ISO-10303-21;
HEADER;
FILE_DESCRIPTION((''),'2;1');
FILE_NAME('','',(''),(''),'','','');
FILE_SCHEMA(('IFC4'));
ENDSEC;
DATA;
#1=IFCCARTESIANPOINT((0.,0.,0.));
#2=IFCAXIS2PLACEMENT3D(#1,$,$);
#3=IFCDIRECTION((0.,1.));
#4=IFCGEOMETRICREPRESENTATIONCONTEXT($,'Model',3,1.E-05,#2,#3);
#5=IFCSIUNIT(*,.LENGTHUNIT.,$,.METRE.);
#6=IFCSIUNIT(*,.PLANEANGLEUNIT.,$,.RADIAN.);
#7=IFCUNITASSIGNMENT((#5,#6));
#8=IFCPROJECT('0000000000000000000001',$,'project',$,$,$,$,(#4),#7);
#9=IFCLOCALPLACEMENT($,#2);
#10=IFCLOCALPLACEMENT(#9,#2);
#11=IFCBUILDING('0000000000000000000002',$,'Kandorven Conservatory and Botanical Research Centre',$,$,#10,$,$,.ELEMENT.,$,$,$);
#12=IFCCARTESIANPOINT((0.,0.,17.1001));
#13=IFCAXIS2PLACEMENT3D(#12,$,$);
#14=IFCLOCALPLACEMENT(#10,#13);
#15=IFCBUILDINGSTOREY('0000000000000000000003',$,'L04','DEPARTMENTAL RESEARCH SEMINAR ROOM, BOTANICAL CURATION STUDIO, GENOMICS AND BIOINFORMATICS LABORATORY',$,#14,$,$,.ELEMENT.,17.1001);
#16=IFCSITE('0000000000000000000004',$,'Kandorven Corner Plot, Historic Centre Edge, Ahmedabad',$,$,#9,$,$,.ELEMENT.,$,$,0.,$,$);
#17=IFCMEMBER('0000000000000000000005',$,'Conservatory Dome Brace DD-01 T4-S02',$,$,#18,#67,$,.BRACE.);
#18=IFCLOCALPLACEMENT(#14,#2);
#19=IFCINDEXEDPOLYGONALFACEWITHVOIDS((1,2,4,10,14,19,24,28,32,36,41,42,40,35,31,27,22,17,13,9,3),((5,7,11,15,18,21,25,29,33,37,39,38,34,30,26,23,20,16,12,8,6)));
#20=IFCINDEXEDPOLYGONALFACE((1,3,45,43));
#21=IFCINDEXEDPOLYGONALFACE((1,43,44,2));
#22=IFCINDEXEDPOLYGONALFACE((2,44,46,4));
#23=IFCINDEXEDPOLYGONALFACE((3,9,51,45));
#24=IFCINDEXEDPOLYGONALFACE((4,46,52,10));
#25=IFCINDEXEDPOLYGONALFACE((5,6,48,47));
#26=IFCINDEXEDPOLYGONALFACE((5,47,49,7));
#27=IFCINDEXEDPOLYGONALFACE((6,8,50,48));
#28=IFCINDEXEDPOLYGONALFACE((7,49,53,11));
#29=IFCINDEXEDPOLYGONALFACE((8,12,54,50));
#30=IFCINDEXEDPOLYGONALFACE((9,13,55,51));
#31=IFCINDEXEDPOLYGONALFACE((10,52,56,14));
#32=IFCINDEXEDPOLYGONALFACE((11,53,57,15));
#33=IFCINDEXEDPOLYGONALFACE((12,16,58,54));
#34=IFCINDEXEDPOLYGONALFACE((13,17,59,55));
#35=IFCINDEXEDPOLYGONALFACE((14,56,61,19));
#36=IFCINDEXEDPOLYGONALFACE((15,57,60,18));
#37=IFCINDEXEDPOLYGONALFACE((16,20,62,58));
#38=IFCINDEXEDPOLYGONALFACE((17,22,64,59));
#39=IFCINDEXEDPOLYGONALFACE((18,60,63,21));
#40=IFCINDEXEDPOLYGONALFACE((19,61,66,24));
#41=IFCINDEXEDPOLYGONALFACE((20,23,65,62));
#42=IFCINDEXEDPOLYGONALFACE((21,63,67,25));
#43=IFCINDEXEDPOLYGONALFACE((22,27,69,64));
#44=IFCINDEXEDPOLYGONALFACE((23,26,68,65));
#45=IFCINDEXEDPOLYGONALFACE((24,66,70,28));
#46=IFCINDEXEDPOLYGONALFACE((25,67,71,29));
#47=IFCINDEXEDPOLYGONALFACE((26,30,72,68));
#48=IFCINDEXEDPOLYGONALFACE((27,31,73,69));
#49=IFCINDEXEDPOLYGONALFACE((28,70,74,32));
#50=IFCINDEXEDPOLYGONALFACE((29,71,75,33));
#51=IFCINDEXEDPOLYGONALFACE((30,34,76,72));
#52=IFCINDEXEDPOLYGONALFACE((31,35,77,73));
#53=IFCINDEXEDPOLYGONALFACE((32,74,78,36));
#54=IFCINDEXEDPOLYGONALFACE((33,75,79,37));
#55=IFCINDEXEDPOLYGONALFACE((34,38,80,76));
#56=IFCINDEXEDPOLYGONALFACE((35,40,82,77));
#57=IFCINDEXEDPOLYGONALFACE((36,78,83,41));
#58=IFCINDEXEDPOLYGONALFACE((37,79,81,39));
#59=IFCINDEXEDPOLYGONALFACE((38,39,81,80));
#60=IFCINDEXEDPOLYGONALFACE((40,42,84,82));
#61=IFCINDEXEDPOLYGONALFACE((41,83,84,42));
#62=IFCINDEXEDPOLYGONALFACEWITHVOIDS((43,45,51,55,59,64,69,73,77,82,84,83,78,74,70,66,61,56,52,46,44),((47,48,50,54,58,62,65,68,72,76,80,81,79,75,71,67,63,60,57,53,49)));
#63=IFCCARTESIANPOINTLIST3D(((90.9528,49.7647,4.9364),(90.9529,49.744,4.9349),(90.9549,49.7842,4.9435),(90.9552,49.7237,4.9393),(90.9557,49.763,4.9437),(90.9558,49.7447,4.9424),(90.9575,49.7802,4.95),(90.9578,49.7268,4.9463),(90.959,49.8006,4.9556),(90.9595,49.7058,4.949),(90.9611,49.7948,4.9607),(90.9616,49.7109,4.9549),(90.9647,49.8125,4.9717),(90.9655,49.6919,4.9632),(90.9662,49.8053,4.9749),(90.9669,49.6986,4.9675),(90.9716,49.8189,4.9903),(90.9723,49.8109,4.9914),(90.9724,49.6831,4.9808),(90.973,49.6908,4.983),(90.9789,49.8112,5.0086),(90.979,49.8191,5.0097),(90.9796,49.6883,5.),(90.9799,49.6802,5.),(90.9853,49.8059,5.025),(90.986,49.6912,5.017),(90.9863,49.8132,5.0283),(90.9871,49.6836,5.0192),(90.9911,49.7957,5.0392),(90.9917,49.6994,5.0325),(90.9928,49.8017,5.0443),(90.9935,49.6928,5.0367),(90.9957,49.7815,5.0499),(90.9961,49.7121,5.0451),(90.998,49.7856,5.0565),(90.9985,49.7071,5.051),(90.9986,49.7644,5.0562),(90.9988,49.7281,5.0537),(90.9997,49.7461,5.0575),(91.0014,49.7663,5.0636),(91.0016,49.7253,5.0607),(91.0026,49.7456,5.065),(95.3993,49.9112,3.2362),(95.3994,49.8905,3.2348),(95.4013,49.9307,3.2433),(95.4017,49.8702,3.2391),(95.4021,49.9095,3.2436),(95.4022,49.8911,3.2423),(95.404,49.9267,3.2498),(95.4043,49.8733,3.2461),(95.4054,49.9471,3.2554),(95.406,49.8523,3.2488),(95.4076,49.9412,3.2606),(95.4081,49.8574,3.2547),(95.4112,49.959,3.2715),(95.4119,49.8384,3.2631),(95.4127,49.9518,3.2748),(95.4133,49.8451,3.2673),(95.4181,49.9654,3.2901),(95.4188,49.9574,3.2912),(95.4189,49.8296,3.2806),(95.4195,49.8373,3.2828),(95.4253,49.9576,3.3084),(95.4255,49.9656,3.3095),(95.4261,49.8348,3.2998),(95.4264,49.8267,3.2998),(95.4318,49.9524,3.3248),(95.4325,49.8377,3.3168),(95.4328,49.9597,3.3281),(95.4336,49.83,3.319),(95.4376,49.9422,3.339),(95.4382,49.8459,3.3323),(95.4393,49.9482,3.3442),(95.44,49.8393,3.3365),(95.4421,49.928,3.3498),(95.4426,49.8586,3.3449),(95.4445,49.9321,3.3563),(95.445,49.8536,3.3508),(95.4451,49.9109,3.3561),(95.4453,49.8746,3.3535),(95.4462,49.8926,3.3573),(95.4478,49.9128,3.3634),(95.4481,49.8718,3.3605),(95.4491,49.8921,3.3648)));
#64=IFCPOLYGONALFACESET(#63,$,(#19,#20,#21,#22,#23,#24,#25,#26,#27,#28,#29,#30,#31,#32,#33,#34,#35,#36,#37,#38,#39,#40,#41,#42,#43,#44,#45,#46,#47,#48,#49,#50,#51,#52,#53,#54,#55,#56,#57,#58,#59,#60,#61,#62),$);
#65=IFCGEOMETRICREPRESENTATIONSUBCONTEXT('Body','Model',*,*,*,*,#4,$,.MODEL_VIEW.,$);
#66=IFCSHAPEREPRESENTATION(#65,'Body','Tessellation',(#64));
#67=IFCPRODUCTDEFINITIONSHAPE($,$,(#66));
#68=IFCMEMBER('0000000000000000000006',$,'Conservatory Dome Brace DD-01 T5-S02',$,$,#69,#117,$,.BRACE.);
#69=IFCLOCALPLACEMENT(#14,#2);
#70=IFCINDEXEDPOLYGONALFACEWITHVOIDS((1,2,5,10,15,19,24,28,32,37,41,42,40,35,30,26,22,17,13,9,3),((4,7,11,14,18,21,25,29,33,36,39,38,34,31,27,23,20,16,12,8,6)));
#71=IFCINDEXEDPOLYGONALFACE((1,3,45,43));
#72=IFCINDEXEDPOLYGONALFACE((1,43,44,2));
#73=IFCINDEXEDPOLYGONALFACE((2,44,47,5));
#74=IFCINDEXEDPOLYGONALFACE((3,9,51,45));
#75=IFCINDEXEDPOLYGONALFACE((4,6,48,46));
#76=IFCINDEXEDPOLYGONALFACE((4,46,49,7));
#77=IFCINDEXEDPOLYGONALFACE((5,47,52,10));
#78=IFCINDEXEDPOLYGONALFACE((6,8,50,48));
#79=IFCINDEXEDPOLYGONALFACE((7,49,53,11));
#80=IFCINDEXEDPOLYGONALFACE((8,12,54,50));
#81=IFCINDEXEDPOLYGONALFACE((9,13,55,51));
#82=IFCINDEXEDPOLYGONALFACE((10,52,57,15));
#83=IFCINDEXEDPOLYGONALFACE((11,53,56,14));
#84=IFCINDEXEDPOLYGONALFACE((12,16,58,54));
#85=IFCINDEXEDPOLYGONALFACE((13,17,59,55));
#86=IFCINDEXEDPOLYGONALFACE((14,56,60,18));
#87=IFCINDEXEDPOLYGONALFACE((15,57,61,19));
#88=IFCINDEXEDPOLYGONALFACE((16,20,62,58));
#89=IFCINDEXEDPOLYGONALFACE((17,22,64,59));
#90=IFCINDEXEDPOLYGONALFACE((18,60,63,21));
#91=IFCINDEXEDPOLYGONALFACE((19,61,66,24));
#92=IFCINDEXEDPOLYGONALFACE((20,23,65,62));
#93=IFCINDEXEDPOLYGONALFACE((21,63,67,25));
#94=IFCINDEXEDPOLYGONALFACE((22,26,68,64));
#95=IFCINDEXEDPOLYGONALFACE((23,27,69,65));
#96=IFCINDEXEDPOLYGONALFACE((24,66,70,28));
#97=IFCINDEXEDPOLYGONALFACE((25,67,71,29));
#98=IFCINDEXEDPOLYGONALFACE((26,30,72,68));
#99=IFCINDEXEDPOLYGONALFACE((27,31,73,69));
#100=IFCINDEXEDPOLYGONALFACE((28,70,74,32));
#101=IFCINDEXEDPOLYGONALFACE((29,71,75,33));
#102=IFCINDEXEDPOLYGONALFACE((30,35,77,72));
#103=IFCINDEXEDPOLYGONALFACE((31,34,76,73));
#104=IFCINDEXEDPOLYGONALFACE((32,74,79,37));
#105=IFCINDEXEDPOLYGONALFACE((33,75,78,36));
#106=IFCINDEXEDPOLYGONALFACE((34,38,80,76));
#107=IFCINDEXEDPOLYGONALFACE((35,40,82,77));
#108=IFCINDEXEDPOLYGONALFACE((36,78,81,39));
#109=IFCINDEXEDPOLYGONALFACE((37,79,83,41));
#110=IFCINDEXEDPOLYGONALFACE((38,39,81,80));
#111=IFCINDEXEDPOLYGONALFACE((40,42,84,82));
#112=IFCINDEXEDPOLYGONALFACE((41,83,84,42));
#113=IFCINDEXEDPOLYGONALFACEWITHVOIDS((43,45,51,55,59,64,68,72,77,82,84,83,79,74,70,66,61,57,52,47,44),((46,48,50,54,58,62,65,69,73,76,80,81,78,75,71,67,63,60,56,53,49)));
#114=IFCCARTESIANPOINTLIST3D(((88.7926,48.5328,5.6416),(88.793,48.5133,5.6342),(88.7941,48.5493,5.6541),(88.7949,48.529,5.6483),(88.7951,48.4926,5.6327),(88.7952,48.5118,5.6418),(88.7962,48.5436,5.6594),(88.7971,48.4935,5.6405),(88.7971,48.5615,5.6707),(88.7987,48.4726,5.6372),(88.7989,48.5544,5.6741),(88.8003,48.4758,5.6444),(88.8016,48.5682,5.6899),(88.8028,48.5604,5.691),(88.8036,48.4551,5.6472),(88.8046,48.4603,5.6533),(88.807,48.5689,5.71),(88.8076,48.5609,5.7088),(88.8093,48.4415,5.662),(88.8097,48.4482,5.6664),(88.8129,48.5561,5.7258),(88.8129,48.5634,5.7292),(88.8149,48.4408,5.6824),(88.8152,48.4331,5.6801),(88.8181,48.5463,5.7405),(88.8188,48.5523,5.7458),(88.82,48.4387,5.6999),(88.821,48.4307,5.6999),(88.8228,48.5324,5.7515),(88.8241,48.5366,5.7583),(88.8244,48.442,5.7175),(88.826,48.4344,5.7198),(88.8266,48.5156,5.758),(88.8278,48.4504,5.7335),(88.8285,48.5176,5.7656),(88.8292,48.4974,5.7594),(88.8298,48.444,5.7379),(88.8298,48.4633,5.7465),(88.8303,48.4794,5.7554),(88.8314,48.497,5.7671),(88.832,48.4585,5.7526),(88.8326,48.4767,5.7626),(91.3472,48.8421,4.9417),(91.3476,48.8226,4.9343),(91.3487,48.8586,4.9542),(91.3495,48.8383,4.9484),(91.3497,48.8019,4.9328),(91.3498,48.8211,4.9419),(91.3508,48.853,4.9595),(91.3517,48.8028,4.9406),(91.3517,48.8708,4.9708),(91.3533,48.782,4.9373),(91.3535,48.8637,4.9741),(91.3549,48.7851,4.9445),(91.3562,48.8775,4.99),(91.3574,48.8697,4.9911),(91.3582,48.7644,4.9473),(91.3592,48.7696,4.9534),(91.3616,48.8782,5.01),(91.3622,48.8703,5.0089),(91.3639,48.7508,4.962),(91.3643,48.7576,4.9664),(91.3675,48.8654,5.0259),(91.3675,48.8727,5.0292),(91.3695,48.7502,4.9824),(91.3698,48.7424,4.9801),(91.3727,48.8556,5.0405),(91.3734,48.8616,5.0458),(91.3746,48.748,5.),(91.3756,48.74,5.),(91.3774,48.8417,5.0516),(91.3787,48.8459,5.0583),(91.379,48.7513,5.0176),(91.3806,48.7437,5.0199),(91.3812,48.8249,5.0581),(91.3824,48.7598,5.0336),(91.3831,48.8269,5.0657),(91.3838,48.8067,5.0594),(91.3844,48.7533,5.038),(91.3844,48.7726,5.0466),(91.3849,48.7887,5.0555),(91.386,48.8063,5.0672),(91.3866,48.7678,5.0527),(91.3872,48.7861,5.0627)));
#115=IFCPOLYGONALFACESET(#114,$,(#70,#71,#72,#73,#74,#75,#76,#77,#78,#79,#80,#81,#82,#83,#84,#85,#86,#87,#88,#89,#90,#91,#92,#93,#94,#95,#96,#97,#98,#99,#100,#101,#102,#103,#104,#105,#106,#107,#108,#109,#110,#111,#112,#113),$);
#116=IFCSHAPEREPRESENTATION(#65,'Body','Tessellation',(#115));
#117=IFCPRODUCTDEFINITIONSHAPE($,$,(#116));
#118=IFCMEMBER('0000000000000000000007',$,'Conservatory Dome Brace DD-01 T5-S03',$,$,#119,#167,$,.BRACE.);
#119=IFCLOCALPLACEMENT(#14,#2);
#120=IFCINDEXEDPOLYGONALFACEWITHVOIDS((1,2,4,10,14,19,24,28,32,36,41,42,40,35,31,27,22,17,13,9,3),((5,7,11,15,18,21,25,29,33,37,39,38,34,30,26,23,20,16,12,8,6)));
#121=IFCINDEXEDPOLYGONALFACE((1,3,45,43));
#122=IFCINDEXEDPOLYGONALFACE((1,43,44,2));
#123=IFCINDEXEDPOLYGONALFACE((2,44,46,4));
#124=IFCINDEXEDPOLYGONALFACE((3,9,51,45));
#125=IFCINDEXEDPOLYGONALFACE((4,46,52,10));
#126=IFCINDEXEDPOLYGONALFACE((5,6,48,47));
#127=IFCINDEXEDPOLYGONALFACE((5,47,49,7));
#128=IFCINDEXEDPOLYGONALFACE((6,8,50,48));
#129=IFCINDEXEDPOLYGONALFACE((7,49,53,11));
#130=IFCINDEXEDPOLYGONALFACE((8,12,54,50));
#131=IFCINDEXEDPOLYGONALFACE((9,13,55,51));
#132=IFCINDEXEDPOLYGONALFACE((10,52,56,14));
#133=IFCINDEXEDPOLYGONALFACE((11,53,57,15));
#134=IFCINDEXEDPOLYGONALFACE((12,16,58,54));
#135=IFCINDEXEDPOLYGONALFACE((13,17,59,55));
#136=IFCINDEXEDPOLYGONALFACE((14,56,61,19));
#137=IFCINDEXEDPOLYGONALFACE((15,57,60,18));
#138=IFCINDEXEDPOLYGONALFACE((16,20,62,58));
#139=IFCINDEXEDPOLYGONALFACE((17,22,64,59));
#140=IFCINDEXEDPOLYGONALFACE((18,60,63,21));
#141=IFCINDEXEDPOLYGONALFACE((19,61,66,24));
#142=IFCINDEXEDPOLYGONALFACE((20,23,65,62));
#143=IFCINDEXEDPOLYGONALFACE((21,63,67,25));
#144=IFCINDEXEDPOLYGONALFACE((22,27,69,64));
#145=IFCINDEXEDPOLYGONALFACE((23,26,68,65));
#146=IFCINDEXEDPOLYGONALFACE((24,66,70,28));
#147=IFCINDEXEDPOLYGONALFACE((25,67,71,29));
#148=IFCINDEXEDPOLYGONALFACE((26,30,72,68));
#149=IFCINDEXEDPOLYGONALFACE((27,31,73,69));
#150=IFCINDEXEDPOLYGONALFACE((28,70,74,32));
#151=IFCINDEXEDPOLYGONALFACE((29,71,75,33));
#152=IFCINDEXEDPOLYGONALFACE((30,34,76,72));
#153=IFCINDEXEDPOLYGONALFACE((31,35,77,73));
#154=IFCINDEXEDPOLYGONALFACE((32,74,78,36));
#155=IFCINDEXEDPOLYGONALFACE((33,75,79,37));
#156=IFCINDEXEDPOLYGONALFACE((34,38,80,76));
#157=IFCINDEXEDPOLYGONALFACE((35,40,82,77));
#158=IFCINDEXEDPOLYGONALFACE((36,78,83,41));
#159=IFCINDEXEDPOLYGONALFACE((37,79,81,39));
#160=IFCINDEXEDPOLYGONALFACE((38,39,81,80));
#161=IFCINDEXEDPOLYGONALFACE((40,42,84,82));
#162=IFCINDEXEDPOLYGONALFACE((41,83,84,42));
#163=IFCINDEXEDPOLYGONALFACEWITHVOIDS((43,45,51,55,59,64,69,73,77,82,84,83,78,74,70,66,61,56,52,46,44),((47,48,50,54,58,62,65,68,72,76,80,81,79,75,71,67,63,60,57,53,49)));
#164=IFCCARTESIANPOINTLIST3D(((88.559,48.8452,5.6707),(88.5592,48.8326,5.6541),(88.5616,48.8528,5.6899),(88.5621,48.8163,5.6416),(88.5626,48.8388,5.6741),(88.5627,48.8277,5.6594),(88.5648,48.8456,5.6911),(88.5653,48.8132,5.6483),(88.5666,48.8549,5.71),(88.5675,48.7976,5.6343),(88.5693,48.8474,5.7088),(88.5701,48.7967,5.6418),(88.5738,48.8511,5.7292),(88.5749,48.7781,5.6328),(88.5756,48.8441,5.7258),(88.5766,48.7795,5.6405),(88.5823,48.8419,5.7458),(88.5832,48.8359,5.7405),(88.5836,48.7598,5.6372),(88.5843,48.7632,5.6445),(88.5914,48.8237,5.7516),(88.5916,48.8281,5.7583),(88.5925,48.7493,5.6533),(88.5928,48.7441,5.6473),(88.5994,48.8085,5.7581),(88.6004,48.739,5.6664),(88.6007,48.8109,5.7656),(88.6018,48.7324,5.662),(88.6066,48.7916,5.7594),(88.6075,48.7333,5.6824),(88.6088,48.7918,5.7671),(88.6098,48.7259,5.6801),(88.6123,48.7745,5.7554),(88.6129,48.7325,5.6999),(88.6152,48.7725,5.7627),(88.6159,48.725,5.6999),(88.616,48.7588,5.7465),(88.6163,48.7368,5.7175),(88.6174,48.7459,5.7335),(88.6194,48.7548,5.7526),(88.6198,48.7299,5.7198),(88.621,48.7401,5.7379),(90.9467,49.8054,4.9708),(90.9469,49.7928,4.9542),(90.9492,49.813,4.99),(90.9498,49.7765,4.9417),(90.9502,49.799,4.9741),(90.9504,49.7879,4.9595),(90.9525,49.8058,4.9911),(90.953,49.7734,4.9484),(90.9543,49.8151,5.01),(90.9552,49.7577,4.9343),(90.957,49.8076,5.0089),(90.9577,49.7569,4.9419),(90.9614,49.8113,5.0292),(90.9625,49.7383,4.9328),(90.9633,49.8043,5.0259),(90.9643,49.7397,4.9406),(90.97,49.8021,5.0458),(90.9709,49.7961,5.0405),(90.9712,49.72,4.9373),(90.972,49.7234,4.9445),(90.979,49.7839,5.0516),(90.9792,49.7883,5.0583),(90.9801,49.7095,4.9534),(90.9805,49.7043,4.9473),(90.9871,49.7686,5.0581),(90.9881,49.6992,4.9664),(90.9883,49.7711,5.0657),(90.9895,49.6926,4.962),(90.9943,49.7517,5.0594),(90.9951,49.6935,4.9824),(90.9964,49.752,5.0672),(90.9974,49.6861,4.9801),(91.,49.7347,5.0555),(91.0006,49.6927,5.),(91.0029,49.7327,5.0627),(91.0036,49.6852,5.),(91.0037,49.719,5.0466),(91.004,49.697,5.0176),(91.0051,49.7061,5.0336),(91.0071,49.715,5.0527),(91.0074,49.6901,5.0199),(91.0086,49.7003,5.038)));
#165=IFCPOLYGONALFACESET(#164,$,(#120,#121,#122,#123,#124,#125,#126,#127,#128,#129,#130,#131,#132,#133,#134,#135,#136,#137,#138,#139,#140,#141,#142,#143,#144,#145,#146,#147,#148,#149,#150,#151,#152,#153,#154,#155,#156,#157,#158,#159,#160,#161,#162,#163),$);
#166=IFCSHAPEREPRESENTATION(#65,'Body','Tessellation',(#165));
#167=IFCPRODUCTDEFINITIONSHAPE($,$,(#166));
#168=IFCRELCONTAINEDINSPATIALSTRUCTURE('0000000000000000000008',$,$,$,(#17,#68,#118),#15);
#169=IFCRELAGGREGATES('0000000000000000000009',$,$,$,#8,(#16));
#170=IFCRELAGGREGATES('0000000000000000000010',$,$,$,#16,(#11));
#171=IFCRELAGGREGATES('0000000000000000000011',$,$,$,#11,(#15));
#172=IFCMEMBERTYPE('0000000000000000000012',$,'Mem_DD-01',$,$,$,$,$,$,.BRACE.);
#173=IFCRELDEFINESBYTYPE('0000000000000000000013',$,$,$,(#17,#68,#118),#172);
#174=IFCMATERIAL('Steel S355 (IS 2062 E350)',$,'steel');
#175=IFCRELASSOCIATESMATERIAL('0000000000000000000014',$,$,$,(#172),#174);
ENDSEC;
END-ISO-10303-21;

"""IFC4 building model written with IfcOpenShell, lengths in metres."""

from ifc_helpers import new_model, si_unit, direction, frame, origin, origin_2d, place, context, subcontext, project, spatial, hollow_circle, extrude, material, material_profile, profile_set, type_object, element, save


model = new_model("IFC4")

# Units and contexts
model_context = context("Model", 3, precision=1e-05, world=origin(), true_north=direction((0.0, 1.0)))
body_context = subcontext(model_context, "Body", "Model", "MODEL_VIEW")
ifc_project = project(units=[si_unit("LENGTHUNIT", "METRE"), si_unit("PLANEANGLEUNIT", "RADIAN")], contexts=[model_context])

# Site, building, storey
site_placement = place(None, origin())
site = spatial("IfcSite", under=ifc_project, at=site_placement, Name="Kandorven Corner Plot, Historic Centre Edge, Ahmedabad", CompositionType="ELEMENT", RefElevation=0.0)
building_placement = place(site_placement, origin())
building = spatial("IfcBuilding", under=site, at=building_placement, Name="Kandorven Conservatory and Botanical Research Centre", CompositionType="ELEMENT")
storey_placement = place(building_placement, frame((0.0, 0.0, 17.1001)))
storey = spatial("IfcBuildingStorey", under=building, at=storey_placement, Name="L04", Description="DEPARTMENTAL RESEARCH SEMINAR ROOM, BOTANICAL CURATION STUDIO, GENOMICS AND BIOINFORMATICS LABORATORY", CompositionType="ELEMENT", Elevation=17.1001)

# Members
ifc_material_1 = material(Name="Steel S355 (IS 2062 E350)", Category="steel")
ifc_material_profile_1 = material_profile(ifc_material_1, hollow_circle(Radius=0.0698, WallThickness=0.0081, at=origin_2d()))
ifc_profile_set_1 = profile_set([ifc_material_profile_1], Name="Steel S355 (IS 2062 E350)")
member_type_1 = type_object("IfcMemberType", Name="Mem_DD-01", PredefinedType="BRACE", material=ifc_profile_set_1)
for number, where, z_axis, x_axis, name in (
    (1, (95.4241, 49.8965, 3.2998), (-0.933606, -0.030756, 0.356978), (0.032926, -0.999458, 0.0), "Conservatory Dome Brace DD-01 T4-S02"),
):
    element("IfcMember", number, at=place(storey_placement, frame(where, z_axis=z_axis, x_axis=x_axis)), inside=storey, type_object=member_type_1, Name=name, PredefinedType="BRACE", context=body_context, shape_type="SweptSolid", body=[
        extrude(hollow_circle(Radius=0.0698, WallThickness=0.0081, at=origin_2d()), origin(), (0.0, 0.0, 1.0), 4.7627),
    ])
member_1_placement = place(storey_placement, frame((91.3672, 48.8093, 5.0), z_axis=(-0.957945, -0.11599, 0.262465), x_axis=(0.120204, -0.992749, 0.0)))
element("IfcMember", 2, at=member_1_placement, inside=storey, type_object=member_type_1, Name="Conservatory Dome Brace DD-01 T5-S02", PredefinedType="BRACE", context=body_context, shape_type="SweptSolid", body=[
    extrude(hollow_circle(Radius=0.0698, WallThickness=0.0081, at=origin_2d()), origin(), (0.0, 0.0, 1.0), 2.6667),
])
member_2_placement = place(storey_placement, frame((90.9775, 49.75, 5.0), z_axis=(-0.895266, -0.360029, 0.262447), x_axis=(0.373107, -0.927788, 0.0)))
element("IfcMember", 3, at=member_2_placement, inside=storey, type_object=member_type_1, Name="Conservatory Dome Brace DD-01 T5-S03", PredefinedType="BRACE", context=body_context, shape_type="SweptSolid", body=[
    extrude(hollow_circle(Radius=0.0698, WallThickness=0.0081, at=origin_2d()), origin(), (0.0, 0.0, 1.0), 2.667),
])

save(model, "model.ifc")
